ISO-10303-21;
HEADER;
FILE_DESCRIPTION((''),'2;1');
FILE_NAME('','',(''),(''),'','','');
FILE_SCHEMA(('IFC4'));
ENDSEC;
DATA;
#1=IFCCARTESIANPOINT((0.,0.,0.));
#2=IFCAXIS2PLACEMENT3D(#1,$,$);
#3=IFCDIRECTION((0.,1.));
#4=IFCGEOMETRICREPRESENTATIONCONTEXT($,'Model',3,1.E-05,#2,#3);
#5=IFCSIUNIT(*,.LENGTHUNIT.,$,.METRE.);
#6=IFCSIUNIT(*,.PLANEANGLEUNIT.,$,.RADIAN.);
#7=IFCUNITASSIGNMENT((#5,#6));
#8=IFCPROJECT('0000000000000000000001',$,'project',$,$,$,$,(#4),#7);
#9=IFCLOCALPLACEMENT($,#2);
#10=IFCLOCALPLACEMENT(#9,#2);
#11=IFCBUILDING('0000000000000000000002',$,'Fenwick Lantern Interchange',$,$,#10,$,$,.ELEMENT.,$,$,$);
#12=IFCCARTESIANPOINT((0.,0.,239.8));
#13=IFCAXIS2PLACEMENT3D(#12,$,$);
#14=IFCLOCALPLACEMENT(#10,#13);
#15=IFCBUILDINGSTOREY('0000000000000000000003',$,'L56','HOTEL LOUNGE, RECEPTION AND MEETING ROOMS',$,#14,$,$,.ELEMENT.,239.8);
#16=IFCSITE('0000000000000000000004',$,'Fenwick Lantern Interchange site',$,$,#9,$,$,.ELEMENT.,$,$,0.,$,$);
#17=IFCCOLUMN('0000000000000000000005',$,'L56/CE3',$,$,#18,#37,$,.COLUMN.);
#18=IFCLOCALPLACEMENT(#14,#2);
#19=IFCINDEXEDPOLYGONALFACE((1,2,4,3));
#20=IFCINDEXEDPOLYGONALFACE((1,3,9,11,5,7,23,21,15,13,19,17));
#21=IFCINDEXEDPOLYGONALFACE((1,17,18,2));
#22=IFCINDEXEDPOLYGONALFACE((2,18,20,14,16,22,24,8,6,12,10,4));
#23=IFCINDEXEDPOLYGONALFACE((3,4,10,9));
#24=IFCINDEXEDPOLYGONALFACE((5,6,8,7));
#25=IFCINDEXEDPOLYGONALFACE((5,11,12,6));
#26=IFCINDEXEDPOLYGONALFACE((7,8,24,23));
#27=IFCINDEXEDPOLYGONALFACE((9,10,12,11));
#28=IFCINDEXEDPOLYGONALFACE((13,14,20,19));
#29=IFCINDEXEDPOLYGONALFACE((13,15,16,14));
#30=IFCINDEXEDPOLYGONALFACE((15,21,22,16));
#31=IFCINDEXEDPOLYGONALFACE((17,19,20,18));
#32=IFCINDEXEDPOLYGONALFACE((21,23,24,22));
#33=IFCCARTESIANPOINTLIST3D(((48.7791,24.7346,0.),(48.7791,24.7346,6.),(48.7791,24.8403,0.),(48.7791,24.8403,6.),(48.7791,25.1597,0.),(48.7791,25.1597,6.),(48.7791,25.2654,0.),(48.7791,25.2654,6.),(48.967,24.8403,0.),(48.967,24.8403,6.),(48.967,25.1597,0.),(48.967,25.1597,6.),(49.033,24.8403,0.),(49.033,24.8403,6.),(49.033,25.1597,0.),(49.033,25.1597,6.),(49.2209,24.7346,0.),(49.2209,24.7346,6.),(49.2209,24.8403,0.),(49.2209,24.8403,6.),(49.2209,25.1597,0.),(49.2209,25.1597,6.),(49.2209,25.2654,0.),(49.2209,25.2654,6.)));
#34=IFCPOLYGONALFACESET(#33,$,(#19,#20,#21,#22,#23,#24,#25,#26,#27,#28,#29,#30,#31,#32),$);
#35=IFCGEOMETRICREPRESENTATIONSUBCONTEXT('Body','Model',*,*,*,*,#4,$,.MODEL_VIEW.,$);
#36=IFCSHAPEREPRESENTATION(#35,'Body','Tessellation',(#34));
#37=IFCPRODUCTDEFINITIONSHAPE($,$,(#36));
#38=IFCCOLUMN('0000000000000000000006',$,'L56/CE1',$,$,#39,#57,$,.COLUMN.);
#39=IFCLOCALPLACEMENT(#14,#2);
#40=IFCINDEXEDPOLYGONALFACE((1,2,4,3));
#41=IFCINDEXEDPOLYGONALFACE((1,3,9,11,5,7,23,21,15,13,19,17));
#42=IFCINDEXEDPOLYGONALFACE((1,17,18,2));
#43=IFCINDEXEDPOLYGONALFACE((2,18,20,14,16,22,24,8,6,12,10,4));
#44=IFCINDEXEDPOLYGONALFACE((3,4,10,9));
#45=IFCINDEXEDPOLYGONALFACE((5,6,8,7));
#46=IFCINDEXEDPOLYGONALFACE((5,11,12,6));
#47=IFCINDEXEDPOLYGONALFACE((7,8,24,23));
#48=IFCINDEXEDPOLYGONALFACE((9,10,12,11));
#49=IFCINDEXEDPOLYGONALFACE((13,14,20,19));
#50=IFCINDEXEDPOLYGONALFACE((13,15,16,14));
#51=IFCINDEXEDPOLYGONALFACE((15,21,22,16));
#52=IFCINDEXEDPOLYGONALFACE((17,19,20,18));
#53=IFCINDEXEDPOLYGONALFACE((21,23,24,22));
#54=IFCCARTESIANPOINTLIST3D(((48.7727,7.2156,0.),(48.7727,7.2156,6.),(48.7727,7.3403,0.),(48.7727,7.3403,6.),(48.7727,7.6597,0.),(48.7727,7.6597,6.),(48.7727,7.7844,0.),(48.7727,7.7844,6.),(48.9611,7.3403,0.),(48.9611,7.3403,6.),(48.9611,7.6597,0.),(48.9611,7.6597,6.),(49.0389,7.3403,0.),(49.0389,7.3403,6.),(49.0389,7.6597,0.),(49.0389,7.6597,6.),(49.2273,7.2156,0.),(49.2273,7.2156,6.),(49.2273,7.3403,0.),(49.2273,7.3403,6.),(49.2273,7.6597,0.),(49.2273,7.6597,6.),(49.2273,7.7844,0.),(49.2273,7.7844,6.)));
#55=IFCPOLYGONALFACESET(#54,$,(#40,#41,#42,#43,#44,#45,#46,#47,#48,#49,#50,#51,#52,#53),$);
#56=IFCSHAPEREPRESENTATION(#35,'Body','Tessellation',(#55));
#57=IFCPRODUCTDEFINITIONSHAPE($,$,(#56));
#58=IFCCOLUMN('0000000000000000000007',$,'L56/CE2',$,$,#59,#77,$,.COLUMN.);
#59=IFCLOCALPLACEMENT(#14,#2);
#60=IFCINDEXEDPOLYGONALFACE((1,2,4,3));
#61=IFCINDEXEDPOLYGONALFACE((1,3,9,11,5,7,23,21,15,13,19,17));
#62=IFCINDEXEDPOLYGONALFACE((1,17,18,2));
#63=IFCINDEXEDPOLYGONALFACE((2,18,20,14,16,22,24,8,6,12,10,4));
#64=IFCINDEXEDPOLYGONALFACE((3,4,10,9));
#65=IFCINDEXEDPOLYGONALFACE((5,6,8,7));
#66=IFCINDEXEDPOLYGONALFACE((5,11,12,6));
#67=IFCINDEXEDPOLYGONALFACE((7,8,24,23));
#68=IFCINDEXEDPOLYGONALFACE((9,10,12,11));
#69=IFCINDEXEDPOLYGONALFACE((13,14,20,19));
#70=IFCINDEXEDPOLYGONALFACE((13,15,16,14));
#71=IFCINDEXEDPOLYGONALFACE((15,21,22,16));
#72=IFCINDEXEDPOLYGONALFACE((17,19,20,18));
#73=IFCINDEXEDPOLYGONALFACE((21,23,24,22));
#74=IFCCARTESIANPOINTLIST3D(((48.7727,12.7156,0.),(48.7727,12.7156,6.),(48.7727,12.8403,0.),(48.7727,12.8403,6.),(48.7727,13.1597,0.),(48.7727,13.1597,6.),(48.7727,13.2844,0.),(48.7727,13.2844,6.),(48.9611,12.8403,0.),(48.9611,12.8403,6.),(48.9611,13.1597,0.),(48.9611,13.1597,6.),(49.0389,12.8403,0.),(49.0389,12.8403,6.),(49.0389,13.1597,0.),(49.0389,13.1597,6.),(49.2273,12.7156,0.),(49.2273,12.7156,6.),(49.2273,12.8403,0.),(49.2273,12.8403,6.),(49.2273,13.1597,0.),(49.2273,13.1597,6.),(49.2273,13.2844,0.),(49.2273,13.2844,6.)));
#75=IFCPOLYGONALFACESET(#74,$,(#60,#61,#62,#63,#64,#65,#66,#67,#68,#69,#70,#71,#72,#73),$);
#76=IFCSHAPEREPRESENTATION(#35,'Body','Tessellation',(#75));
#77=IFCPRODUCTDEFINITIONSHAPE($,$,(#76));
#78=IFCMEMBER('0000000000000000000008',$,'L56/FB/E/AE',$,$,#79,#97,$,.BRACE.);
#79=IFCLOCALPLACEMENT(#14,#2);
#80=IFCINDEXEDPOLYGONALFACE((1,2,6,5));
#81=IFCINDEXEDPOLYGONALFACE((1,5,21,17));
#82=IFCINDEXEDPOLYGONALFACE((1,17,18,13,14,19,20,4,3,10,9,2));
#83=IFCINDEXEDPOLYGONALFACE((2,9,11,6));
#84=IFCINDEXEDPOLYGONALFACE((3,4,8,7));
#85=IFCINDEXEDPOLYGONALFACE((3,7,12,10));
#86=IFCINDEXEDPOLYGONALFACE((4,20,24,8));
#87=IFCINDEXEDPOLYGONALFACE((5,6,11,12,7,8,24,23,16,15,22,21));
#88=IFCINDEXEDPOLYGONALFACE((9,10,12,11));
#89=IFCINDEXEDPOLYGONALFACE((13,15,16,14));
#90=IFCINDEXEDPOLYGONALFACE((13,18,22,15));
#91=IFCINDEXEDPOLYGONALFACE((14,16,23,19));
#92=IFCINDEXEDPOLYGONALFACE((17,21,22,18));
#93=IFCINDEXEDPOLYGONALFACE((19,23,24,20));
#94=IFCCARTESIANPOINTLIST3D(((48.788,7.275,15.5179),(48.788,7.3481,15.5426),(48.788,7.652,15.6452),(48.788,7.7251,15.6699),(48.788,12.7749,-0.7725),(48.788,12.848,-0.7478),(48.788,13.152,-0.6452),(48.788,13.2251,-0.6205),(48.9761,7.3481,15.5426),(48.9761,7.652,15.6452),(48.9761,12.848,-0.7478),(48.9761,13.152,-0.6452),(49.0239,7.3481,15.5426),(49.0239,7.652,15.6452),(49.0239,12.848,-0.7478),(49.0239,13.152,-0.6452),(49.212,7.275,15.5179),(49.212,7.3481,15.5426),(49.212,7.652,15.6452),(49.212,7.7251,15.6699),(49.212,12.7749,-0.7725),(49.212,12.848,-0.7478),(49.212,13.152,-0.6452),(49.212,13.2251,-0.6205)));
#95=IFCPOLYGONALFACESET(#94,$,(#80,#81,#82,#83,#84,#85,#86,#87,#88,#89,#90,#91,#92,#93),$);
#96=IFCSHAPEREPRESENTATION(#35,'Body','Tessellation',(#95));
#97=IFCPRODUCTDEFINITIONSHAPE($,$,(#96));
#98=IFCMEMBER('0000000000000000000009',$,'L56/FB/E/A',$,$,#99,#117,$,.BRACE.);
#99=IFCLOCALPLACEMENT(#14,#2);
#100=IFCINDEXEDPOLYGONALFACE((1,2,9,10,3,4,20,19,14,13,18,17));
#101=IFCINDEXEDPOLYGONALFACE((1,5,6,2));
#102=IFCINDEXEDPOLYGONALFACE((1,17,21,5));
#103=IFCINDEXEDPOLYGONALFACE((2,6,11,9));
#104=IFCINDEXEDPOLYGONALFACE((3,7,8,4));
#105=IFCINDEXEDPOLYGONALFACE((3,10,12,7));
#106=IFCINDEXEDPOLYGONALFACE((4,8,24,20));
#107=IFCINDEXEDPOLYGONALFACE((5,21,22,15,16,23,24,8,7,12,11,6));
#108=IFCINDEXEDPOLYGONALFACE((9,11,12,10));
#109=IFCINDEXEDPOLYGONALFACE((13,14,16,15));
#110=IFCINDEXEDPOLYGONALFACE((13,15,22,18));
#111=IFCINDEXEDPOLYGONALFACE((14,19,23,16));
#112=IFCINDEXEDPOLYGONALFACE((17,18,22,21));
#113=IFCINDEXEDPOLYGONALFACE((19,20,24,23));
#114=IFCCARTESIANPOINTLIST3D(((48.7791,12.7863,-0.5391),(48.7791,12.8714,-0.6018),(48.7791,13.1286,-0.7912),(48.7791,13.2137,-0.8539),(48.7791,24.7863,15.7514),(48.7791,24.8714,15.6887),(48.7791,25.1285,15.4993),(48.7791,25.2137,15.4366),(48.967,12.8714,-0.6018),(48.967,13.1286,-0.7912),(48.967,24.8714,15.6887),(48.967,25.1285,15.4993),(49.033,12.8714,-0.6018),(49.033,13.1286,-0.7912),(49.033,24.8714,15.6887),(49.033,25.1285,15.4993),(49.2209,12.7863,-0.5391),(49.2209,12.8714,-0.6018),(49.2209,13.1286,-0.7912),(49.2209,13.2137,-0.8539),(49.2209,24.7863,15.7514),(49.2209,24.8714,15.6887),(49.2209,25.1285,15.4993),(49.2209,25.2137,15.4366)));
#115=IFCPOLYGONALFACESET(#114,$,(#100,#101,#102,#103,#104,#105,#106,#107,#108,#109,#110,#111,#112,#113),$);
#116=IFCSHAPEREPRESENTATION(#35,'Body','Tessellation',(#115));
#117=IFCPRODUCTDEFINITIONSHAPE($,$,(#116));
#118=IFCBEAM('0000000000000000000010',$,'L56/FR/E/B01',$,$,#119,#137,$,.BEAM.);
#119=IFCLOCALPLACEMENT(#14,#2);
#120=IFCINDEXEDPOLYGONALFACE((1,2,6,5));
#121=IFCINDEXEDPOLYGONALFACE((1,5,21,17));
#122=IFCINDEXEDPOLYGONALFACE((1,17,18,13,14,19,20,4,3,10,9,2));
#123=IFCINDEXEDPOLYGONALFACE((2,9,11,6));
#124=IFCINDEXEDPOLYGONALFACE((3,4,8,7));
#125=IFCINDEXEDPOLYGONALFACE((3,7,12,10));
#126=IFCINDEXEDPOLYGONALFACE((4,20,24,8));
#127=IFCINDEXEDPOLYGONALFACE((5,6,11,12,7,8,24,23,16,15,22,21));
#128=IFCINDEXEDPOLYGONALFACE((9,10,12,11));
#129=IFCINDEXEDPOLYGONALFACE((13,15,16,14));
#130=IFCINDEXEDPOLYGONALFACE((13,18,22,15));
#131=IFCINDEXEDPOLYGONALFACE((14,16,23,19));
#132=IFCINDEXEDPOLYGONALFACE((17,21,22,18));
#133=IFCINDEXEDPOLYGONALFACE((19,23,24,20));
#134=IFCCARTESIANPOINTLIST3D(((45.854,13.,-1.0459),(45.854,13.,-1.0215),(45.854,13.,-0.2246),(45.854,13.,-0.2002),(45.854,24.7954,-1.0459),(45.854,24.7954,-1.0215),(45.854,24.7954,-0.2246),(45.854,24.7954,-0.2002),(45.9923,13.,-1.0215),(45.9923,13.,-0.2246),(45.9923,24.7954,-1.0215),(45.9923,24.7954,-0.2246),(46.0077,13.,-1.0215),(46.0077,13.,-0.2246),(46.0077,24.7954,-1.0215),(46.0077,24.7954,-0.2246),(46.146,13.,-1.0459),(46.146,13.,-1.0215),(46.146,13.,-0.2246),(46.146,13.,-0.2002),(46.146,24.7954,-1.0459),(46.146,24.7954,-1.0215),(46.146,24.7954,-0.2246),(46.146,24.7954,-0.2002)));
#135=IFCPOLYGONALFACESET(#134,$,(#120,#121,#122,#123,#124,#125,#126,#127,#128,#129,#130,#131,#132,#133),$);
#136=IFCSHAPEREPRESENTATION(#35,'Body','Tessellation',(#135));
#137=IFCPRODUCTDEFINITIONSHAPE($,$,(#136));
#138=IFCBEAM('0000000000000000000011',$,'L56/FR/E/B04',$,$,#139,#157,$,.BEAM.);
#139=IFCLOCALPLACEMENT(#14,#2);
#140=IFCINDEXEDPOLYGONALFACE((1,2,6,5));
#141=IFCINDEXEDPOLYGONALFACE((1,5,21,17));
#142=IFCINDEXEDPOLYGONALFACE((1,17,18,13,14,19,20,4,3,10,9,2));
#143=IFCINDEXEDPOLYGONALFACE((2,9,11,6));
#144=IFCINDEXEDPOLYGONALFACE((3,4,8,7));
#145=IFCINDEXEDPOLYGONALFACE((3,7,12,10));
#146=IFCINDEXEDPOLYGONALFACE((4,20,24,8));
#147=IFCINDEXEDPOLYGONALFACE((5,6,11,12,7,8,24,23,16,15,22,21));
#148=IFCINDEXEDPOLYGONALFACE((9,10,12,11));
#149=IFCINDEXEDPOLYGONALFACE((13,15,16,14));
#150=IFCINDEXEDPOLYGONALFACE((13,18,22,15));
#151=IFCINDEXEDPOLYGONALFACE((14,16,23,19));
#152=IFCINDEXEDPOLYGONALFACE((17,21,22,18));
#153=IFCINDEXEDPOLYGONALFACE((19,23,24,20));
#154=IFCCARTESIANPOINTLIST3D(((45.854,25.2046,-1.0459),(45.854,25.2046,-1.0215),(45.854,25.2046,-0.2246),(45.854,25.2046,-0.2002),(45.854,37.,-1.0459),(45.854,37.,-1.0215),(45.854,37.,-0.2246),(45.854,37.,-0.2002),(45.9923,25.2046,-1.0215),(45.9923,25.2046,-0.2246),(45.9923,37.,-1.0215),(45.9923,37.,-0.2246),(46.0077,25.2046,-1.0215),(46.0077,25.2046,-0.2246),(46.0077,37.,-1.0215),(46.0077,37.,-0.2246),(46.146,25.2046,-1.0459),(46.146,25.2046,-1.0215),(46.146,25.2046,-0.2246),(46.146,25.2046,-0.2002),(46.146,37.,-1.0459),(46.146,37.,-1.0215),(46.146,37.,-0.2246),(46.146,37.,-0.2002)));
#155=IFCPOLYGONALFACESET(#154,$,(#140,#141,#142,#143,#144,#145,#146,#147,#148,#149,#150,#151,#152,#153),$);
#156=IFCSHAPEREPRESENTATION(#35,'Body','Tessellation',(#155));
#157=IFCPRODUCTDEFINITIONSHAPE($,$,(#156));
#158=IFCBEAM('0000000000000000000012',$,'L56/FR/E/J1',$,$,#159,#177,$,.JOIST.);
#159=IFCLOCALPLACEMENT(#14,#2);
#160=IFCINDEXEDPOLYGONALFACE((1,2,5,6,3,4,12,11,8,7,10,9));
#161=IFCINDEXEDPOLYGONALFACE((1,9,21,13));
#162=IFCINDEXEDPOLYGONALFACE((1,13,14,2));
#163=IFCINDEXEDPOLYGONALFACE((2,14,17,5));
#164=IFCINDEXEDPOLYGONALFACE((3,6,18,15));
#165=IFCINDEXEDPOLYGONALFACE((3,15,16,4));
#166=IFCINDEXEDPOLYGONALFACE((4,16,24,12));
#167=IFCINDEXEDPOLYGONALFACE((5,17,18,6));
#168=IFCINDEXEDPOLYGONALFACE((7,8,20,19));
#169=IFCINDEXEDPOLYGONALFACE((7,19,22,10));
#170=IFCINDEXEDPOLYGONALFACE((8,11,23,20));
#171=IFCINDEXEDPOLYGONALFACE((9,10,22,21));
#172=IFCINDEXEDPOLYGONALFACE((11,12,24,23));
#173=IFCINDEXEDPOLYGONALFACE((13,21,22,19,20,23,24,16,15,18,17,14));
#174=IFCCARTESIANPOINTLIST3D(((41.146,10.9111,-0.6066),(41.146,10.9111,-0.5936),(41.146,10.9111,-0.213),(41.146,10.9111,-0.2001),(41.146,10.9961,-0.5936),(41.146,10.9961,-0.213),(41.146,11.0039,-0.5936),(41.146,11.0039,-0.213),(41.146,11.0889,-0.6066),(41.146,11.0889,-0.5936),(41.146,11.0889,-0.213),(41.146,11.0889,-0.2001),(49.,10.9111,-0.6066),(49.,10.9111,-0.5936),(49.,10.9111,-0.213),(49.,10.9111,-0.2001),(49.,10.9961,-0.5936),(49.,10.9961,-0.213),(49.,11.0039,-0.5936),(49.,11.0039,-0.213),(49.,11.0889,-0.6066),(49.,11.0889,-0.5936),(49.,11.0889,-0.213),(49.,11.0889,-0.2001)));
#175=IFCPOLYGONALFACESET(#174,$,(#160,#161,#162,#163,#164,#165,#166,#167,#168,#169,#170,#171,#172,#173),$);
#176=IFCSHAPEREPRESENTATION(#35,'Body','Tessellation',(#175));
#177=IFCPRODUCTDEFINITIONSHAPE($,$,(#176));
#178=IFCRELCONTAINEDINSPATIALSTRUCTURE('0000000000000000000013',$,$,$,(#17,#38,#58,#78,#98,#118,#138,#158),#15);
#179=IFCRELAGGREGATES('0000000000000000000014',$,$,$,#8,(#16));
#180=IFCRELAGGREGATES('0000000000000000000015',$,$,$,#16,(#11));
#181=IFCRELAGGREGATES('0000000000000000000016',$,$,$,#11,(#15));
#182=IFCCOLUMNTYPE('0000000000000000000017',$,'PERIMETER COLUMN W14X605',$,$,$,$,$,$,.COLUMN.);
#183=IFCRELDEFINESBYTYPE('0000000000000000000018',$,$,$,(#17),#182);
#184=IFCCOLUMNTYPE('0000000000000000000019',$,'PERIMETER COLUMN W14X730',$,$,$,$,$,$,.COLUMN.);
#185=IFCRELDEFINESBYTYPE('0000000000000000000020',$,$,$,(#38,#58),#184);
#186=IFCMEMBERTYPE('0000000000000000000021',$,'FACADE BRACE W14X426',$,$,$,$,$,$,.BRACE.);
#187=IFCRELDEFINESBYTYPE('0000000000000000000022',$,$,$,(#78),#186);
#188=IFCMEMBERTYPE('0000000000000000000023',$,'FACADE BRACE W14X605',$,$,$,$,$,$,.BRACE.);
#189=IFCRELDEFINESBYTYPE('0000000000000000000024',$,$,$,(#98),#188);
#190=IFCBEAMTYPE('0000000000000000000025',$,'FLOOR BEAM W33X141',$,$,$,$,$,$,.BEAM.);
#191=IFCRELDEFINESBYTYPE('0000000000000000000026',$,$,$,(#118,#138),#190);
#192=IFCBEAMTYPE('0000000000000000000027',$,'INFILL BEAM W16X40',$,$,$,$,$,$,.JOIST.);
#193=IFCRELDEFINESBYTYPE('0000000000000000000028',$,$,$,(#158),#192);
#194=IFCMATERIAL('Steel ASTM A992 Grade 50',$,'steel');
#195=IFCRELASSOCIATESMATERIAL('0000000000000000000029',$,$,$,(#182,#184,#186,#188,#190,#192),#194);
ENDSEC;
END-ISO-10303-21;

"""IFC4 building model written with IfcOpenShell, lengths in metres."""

from ifc_helpers import new_model, si_unit, direction, frame, origin, origin_2d, place, context, subcontext, project, spatial, i_section, extrude, material, material_profile, profile_set, type_object, element, save


model = new_model("IFC4")

# Units and contexts
model_context = context("Model", 3, precision=1e-05, world=origin(), true_north=direction((0.0, 1.0)))
body_context = subcontext(model_context, "Body", "Model", "MODEL_VIEW")
ifc_project = project(units=[si_unit("LENGTHUNIT", "METRE"), si_unit("PLANEANGLEUNIT", "RADIAN")], contexts=[model_context])

# Site, building, storey
site_placement = place(None, origin())
site = spatial("IfcSite", under=ifc_project, at=site_placement, Name="Fenwick Lantern Interchange site", CompositionType="ELEMENT", RefElevation=0.0)
building_placement = place(site_placement, origin())
building = spatial("IfcBuilding", under=site, at=building_placement, Name="Fenwick Lantern Interchange", CompositionType="ELEMENT")
storey_placement = place(building_placement, frame((0.0, 0.0, 239.8)))
storey = spatial("IfcBuildingStorey", under=building, at=storey_placement, Name="L56", Description="HOTEL LOUNGE, RECEPTION AND MEETING ROOMS", CompositionType="ELEMENT", Elevation=239.8)

# Columns
ifc_material_1 = material(Name="Steel ASTM A992 Grade 50", Category="steel")
ifc_material_profile_1 = material_profile(ifc_material_1, i_section(OverallWidth=0.4419, OverallDepth=0.5308, WebThickness=0.0659, FlangeThickness=0.1057, at=origin_2d()), Name="W14X605")
ifc_profile_set_1 = profile_set([ifc_material_profile_1], Name="Steel ASTM A992 Grade 50")
column_type_1 = type_object("IfcColumnType", Name="PERIMETER COLUMN W14X605", PredefinedType="COLUMN", material=ifc_profile_set_1)
column_placement = place(storey_placement, frame((49.0, 25.0, 0.0), z_axis=(0.0, 0.0, 1.0), x_axis=(1.0, 0.0, 0.0)))
element("IfcColumn", 1, at=column_placement, inside=storey, type_object=column_type_1, Name="L56/CE3", PredefinedType="COLUMN", context=body_context, shape_type="SweptSolid", body=[
    extrude(i_section(OverallWidth=0.4419, OverallDepth=0.5308, WebThickness=0.0659, FlangeThickness=0.1057, at=origin_2d()), origin(), (0.0, 0.0, 1.0), 6.0),
])
ifc_material_profile_2 = material_profile(ifc_material_1, i_section(OverallWidth=0.4546, OverallDepth=0.5688, WebThickness=0.0779, FlangeThickness=0.1248, at=origin_2d()), Name="W14X730")
ifc_profile_set_2 = profile_set([ifc_material_profile_2], Name="Steel ASTM A992 Grade 50")
column_type_2 = type_object("IfcColumnType", Name="PERIMETER COLUMN W14X730", PredefinedType="COLUMN", material=ifc_profile_set_2)
for number, where, z_axis, x_axis, name in (
    (2, (49.0, 7.5, 0.0), (0.0, 0.0, 1.0), (1.0, 0.0, 0.0), "L56/CE1"),
    (3, (49.0, 13.0, 0.0), (0.0, 0.0, 1.0), (1.0, 0.0, 0.0), "L56/CE2"),
):
    element("IfcColumn", number, at=place(storey_placement, frame(where, z_axis=z_axis, x_axis=x_axis)), inside=storey, type_object=column_type_2, Name=name, PredefinedType="COLUMN", context=body_context, shape_type="SweptSolid", body=[
        extrude(i_section(OverallWidth=0.4546, OverallDepth=0.5688, WebThickness=0.0779, FlangeThickness=0.1248, at=origin_2d()), origin(), (0.0, 0.0, 1.0), 6.0),
    ])

# Members
ifc_material_profile_3 = material_profile(ifc_material_1, i_section(OverallWidth=0.4241, OverallDepth=0.4751, WebThickness=0.0479, FlangeThickness=0.0771, at=origin_2d()), Name="W14X426")
ifc_profile_set_3 = profile_set([ifc_material_profile_3], Name="Steel ASTM A992 Grade 50")
member_type_1 = type_object("IfcMemberType", Name="FACADE BRACE W14X426", PredefinedType="BRACE", material=ifc_profile_set_3)
member_1_placement = place(storey_placement, frame((49.0, 13.0, -0.6965), z_axis=(0.0, -0.31988, 0.947458), x_axis=(1.0, 0.0, 0.0)))
element("IfcMember", 4, at=member_1_placement, inside=storey, type_object=member_type_1, Name="L56/FB/E/AE", PredefinedType="BRACE", context=body_context, shape_type="SweptSolid", body=[
    extrude(i_section(OverallWidth=0.4241, OverallDepth=0.4751, WebThickness=0.0479, FlangeThickness=0.0771, at=origin_2d()), origin(), (0.0, 0.0, 1.0), 17.1938),
])
ifc_material_profile_4 = material_profile(ifc_material_1, i_section(OverallWidth=0.4419, OverallDepth=0.5308, WebThickness=0.0659, FlangeThickness=0.1057, at=origin_2d()), Name="W14X605")
ifc_profile_set_4 = profile_set([ifc_material_profile_4], Name="Steel ASTM A992 Grade 50")
member_type_2 = type_object("IfcMemberType", Name="FACADE BRACE W14X605", PredefinedType="BRACE", material=ifc_profile_set_4)
member_2_placement = place(storey_placement, frame((49.0, 13.0, -0.6965), z_axis=(0.0, 0.593085, 0.80514), x_axis=(-1.0, 0.0, 0.0)))
element("IfcMember", 5, at=member_2_placement, inside=storey, type_object=member_type_2, Name="L56/FB/E/A", PredefinedType="BRACE", context=body_context, shape_type="SweptSolid", body=[
    extrude(i_section(OverallWidth=0.4419, OverallDepth=0.5308, WebThickness=0.0659, FlangeThickness=0.1057, at=origin_2d()), origin(), (0.0, 0.0, 1.0), 20.2332),
])

# Beams
ifc_material_profile_5 = material_profile(ifc_material_1, i_section(OverallWidth=0.292, OverallDepth=0.8457, WebThickness=0.0154, FlangeThickness=0.0244, at=origin_2d()), Name="W33X141")
ifc_profile_set_5 = profile_set([ifc_material_profile_5], Name="Steel ASTM A992 Grade 50")
beam_type_1 = type_object("IfcBeamType", Name="FLOOR BEAM W33X141", PredefinedType="BEAM", material=ifc_profile_set_5)
for number, where, z_axis, x_axis, name in (
    (6, (46.0, 13.0, -0.623), (0.0, 1.0, 0.0), (-1.0, 0.0, 0.0), "L56/FR/E/B01"),
    (7, (46.0, 25.2046, -0.623), (0.0, 1.0, 0.0), (-1.0, 0.0, 0.0), "L56/FR/E/B04"),
):
    element("IfcBeam", number, at=place(storey_placement, frame(where, z_axis=z_axis, x_axis=x_axis)), inside=storey, type_object=beam_type_1, Name=name, PredefinedType="BEAM", context=body_context, shape_type="SweptSolid", body=[
        extrude(i_section(OverallWidth=0.292, OverallDepth=0.8457, WebThickness=0.0154, FlangeThickness=0.0244, at=origin_2d()), origin(), (0.0, 0.0, 1.0), 11.7954),
    ])
ifc_material_profile_6 = material_profile(ifc_material_1, i_section(OverallWidth=0.1777, OverallDepth=0.4065, WebThickness=0.0078, FlangeThickness=0.0129, at=origin_2d()), Name="W16X40")
ifc_profile_set_6 = profile_set([ifc_material_profile_6], Name="Steel ASTM A992 Grade 50")
beam_type_2 = type_object("IfcBeamType", Name="INFILL BEAM W16X40", PredefinedType="JOIST", material=ifc_profile_set_6)
beam_1_placement = place(storey_placement, frame((49.0, 11.0, -0.4033), z_axis=(-1.0, 0.0, 0.0), x_axis=(0.0, -1.0, 0.0)))
element("IfcBeam", 8, at=beam_1_placement, inside=storey, type_object=beam_type_2, Name="L56/FR/E/J1", PredefinedType="JOIST", context=body_context, shape_type="SweptSolid", body=[
    extrude(i_section(OverallWidth=0.1777, OverallDepth=0.4065, WebThickness=0.0078, FlangeThickness=0.0129, at=origin_2d()), origin(), (0.0, 0.0, 1.0), 7.854),
])

save(model, "model.ifc")
